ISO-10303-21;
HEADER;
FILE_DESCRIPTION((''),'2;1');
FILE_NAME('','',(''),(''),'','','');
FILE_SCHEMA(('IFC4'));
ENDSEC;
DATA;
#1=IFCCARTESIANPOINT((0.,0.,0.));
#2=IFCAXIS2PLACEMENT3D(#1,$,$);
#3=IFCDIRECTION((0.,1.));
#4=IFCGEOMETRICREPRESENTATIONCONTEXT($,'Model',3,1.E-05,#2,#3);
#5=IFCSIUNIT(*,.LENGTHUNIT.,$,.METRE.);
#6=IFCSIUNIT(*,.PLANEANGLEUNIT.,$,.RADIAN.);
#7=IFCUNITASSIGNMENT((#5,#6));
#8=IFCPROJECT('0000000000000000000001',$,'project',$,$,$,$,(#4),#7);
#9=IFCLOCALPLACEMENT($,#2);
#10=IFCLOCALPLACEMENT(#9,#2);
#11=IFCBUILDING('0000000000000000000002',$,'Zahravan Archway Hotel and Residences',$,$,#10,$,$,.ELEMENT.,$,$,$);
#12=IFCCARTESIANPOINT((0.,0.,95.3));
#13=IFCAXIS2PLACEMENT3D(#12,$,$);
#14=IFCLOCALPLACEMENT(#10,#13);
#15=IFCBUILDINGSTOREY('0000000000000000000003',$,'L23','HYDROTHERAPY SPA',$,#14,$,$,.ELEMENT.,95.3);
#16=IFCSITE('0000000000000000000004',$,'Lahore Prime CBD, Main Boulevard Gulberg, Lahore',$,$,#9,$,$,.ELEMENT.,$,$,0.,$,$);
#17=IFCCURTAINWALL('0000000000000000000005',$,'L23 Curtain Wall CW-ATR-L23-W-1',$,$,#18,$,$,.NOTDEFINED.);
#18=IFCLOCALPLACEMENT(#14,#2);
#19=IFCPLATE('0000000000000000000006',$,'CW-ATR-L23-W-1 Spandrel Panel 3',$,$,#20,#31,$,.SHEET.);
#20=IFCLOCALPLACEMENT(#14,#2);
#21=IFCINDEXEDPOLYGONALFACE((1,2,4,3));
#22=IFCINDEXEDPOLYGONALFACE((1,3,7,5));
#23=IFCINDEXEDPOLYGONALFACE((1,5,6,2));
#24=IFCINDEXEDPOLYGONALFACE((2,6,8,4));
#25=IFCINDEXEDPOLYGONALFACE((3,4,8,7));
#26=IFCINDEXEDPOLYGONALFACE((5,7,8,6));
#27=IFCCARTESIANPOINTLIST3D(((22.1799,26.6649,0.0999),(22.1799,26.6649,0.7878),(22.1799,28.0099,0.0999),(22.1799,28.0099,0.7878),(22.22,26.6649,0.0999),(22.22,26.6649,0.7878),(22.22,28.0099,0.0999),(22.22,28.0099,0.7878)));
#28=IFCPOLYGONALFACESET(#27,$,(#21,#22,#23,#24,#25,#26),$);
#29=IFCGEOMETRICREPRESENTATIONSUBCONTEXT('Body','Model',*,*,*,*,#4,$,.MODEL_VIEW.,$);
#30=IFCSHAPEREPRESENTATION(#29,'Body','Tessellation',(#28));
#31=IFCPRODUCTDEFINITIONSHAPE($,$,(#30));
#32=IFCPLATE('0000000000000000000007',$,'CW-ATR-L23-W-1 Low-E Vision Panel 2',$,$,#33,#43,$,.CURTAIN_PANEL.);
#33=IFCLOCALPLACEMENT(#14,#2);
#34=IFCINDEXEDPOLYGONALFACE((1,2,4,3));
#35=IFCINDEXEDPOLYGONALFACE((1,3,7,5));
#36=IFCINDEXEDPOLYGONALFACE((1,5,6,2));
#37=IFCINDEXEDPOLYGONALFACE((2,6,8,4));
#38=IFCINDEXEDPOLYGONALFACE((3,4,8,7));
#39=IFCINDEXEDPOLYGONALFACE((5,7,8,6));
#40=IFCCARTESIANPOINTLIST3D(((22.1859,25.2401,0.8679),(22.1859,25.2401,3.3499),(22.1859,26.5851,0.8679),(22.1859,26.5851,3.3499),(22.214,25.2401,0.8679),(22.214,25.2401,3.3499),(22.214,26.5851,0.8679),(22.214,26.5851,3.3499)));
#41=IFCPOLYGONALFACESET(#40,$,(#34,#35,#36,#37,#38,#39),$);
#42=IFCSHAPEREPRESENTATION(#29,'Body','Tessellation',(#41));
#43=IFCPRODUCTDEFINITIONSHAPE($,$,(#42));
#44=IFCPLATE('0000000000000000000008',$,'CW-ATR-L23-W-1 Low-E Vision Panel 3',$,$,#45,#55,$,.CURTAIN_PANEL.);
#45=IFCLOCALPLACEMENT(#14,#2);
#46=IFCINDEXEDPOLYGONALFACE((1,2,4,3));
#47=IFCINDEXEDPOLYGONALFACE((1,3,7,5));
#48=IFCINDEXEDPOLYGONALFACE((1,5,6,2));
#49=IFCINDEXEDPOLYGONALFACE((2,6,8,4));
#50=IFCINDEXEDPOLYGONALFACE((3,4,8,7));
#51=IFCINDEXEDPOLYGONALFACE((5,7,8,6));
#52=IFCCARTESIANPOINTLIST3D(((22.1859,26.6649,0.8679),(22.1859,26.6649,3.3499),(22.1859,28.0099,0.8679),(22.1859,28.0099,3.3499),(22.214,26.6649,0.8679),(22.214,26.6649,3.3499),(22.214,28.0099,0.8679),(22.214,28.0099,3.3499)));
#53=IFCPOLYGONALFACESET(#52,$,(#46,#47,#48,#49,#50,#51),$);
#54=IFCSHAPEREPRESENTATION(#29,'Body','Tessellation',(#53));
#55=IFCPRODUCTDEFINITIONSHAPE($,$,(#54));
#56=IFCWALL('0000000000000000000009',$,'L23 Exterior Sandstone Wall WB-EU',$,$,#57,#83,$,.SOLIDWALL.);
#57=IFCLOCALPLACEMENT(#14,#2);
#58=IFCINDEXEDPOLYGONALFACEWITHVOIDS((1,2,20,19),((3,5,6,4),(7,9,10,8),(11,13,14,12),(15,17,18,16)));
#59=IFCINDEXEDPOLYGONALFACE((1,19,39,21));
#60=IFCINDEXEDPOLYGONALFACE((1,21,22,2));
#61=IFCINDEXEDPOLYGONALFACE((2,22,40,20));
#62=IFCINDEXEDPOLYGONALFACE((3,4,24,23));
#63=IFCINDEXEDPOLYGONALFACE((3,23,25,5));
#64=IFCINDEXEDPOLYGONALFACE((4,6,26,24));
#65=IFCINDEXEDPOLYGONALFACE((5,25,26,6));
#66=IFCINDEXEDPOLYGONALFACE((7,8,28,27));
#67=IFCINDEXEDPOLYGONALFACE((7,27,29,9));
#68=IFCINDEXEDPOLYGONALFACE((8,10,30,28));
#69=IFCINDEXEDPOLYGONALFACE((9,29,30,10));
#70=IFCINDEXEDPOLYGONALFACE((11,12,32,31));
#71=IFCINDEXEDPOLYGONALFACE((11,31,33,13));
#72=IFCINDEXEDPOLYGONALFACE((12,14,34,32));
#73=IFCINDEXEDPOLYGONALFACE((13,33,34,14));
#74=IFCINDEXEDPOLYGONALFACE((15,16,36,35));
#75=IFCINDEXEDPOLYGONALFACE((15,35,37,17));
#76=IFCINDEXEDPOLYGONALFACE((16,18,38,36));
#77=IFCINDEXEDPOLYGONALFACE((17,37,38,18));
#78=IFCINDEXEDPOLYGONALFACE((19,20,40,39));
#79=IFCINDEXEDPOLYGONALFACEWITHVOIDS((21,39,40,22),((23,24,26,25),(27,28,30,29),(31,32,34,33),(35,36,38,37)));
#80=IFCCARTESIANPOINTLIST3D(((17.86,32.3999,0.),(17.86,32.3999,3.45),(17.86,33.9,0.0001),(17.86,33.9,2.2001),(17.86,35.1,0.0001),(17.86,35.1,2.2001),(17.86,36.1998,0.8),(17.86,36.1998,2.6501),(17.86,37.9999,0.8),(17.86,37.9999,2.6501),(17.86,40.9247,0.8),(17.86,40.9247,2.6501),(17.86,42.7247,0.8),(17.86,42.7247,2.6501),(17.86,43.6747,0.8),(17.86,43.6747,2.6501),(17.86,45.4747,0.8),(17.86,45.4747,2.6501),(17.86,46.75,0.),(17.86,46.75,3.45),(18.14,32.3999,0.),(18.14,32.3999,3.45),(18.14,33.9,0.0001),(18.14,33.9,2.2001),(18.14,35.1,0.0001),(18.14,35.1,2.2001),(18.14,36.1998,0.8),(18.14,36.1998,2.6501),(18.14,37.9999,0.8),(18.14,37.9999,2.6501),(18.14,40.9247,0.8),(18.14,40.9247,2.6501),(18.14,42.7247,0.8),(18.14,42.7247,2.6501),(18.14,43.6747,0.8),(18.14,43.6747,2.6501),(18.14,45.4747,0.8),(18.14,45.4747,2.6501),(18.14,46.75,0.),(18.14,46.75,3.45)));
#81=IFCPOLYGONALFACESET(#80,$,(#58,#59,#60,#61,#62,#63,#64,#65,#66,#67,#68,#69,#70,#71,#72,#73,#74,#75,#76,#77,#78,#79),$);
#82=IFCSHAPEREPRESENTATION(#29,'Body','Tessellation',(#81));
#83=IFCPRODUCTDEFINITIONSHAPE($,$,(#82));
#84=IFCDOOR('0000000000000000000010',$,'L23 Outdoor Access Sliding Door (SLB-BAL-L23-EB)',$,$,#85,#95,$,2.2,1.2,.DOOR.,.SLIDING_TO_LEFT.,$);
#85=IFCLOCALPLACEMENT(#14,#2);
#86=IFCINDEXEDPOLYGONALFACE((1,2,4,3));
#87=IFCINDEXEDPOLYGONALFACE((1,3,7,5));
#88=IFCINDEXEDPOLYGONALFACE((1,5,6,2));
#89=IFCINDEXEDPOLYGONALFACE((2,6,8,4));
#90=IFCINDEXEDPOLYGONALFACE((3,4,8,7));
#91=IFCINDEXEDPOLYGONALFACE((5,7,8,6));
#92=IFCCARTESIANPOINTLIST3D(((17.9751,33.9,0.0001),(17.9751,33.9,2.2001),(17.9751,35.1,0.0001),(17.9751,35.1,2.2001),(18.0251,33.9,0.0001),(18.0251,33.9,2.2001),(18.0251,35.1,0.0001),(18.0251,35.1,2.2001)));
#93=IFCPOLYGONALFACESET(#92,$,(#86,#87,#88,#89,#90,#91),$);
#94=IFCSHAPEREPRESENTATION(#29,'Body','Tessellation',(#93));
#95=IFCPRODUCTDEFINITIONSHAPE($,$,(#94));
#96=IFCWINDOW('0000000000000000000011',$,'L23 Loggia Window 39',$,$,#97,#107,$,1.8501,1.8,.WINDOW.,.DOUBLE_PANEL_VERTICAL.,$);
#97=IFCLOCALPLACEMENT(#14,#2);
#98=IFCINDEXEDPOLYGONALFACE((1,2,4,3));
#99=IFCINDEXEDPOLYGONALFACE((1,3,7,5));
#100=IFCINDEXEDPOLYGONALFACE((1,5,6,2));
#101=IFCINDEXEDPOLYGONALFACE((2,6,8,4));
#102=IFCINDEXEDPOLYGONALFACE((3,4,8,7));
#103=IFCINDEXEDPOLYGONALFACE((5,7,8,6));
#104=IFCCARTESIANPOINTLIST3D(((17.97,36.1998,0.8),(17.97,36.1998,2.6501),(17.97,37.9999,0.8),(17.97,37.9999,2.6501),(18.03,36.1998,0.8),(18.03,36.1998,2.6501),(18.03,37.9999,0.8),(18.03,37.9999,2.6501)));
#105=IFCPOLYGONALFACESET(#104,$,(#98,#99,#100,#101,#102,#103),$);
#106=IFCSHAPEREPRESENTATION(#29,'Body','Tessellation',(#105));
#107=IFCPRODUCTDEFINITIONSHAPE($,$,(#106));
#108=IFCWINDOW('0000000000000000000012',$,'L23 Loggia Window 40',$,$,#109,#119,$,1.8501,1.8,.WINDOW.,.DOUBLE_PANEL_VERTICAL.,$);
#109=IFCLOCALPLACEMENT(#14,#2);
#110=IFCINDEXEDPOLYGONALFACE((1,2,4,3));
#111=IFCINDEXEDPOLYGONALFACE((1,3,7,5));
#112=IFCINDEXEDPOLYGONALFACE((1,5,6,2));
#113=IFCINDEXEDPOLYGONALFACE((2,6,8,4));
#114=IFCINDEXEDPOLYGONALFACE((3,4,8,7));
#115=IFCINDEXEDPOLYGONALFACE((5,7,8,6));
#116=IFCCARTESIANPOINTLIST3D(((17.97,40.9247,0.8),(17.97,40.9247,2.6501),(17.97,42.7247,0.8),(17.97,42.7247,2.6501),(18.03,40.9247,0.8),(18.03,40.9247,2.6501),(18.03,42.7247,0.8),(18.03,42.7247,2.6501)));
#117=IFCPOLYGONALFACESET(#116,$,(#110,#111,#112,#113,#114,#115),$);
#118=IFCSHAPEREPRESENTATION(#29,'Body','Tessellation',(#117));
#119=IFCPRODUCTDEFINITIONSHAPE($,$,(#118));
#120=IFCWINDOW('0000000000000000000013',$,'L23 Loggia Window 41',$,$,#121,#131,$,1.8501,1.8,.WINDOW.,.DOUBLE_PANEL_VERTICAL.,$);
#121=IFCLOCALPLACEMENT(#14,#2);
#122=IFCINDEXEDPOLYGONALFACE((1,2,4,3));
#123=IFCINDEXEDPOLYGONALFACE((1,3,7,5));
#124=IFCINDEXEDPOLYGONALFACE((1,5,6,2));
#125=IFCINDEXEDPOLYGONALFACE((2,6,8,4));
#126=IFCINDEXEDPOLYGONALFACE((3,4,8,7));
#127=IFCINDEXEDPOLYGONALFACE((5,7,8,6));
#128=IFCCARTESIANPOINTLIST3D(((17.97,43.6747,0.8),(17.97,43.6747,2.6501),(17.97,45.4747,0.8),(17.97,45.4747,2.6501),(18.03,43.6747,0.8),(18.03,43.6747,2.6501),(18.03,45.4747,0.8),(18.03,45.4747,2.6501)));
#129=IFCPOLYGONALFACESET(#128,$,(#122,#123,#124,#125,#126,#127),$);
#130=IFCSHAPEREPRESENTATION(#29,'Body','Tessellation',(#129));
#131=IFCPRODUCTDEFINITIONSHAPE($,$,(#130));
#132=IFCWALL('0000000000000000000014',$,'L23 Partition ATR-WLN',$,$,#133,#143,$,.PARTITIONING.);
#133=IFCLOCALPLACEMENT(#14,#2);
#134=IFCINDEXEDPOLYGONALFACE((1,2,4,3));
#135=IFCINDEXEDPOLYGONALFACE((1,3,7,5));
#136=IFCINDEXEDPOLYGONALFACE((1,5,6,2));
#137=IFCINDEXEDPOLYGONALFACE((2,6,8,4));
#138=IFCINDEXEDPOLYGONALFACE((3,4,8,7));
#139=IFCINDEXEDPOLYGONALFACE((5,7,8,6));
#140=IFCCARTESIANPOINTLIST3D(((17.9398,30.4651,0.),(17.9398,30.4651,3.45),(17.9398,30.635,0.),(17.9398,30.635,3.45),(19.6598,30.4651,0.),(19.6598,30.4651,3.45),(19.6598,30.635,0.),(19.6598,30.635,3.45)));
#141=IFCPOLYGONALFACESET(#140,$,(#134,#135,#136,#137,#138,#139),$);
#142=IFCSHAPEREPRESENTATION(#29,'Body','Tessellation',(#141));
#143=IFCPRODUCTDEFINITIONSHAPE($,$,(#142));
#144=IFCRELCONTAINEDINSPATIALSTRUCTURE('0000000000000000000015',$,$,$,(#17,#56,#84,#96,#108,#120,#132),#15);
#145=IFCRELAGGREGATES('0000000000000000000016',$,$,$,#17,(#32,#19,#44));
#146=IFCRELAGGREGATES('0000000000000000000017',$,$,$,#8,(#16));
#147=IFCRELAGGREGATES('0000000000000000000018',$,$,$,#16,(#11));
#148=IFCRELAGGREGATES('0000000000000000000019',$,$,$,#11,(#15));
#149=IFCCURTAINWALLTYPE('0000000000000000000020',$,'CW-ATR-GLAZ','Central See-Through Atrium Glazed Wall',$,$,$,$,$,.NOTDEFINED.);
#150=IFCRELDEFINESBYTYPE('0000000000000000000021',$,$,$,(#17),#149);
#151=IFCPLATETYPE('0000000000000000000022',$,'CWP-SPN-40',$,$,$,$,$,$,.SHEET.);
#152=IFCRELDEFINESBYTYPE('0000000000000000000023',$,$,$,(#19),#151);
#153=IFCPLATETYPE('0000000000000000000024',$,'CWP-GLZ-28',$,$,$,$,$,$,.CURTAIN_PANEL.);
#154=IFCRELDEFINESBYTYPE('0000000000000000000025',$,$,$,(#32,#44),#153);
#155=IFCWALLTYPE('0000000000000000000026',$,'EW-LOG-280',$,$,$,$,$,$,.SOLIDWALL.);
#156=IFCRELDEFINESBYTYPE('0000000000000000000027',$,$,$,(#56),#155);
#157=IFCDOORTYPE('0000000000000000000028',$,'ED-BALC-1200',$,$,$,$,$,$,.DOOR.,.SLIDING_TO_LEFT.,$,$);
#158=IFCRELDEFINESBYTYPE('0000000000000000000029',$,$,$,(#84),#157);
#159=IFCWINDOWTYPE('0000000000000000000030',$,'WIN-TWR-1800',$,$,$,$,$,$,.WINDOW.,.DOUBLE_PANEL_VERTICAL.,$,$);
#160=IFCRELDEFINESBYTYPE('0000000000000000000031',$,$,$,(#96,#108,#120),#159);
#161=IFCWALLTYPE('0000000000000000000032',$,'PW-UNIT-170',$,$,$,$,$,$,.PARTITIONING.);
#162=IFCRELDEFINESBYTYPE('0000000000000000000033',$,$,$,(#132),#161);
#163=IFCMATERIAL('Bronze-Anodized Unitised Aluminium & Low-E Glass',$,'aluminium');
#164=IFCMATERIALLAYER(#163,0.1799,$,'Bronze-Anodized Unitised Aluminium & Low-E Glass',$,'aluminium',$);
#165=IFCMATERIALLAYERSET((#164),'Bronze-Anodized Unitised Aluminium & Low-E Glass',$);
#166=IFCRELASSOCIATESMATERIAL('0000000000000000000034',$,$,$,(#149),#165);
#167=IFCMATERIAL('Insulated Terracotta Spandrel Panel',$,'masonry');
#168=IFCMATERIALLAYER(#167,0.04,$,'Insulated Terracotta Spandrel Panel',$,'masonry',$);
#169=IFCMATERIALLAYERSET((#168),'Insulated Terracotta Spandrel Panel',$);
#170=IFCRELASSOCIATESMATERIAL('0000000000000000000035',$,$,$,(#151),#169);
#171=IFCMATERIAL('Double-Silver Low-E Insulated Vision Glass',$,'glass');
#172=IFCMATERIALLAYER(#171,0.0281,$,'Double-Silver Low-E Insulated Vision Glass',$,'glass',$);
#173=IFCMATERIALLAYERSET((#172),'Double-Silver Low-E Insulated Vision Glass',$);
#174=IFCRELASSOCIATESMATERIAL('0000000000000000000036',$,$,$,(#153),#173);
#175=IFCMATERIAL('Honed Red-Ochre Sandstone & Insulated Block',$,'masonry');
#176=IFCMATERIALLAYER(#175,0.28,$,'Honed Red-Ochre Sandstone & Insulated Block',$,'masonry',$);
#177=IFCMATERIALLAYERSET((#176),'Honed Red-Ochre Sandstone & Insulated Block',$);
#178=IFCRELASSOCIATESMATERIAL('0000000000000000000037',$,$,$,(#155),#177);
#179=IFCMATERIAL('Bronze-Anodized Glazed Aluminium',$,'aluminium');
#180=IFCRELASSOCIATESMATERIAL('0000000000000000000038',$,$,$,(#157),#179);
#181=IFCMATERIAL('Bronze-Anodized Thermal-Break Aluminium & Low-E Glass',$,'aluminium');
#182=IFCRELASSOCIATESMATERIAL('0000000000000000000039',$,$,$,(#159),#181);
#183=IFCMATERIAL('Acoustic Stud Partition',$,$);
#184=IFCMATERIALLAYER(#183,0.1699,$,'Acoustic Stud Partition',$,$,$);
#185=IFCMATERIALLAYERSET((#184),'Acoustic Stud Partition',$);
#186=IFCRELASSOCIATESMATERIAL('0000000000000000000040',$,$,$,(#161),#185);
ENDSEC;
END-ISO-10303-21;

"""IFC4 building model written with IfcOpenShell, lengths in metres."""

from ifc_helpers import new_model, si_unit, direction, frame, frame_2d, origin, origin_2d, place, context, subcontext, project, spatial, rectangle, extrude, source, transform, mapped, material, layer, layer_set, type_object, type_shapes, element, fill, aggregate, save


model = new_model("IFC4")

# Units and contexts
model_context = context("Model", 3, precision=1e-05, world=origin(), true_north=direction((0.0, 1.0)))
body_context = subcontext(model_context, "Body", "Model", "MODEL_VIEW")
ifc_project = project(units=[si_unit("LENGTHUNIT", "METRE"), si_unit("PLANEANGLEUNIT", "RADIAN")], contexts=[model_context])

# Site, building, storey
site_placement = place(None, origin())
site = spatial("IfcSite", under=ifc_project, at=site_placement, Name="Lahore Prime CBD, Main Boulevard Gulberg, Lahore", CompositionType="ELEMENT", RefElevation=0.0)
building_placement = place(site_placement, origin())
building = spatial("IfcBuilding", under=site, at=building_placement, Name="Zahravan Archway Hotel and Residences", CompositionType="ELEMENT")
storey_placement = place(building_placement, frame((0.0, 0.0, 95.3)))
storey = spatial("IfcBuildingStorey", under=building, at=storey_placement, Name="L23", Description="HYDROTHERAPY SPA", CompositionType="ELEMENT", Elevation=95.3)

# Curtain wall
ifc_material_1 = material(Name="Bronze-Anodized Unitised Aluminium & Low-E Glass", Category="aluminium")
ifc_layer_1 = layer(ifc_material_1, 0.1799, Name="Bronze-Anodized Unitised Aluminium & Low-E Glass", Category="aluminium")
ifc_layer_set_1 = layer_set([ifc_layer_1], Name="Bronze-Anodized Unitised Aluminium & Low-E Glass")
curtain_wall_type = type_object("IfcCurtainWallType", Name="CW-ATR-GLAZ", Description="Central See-Through Atrium Glazed Wall", PredefinedType="NOTDEFINED", material=ifc_layer_set_1)
curtain_wall_1_placement = place(storey_placement, origin())
curtain_wall_1 = element("IfcCurtainWall", 1, at=curtain_wall_1_placement, inside=storey, type_object=curtain_wall_type, Name="L23 Curtain Wall CW-ATR-L23-W-1", PredefinedType="NOTDEFINED")

# Plates
ifc_material_2 = material(Name="Insulated Terracotta Spandrel Panel", Category="masonry")
ifc_layer_2 = layer(ifc_material_2, 0.04, Name="Insulated Terracotta Spandrel Panel", Category="masonry")
ifc_layer_set_2 = layer_set([ifc_layer_2], Name="Insulated Terracotta Spandrel Panel")
plate_type_1 = type_object("IfcPlateType", Name="CWP-SPN-40", PredefinedType="SHEET", material=ifc_layer_set_2)
ifc_material_3 = material(Name="Double-Silver Low-E Insulated Vision Glass", Category="glass")
ifc_layer_3 = layer(ifc_material_3, 0.0281, Name="Double-Silver Low-E Insulated Vision Glass", Category="glass")
ifc_layer_set_3 = layer_set([ifc_layer_3], Name="Double-Silver Low-E Insulated Vision Glass")
plate_type_2 = type_object("IfcPlateType", Name="CWP-GLZ-28", PredefinedType="CURTAIN_PANEL", material=ifc_layer_set_3)
shared_shape_1 = source(origin(), body_context, "Body", "SweptSolid", [
    extrude(rectangle(XDim=1.345, YDim=0.04, at=origin_2d()), origin(), (0.0, 0.0, 1.0), 0.688),
])
plate_1_placement = place(storey_placement, frame((22.2, 27.3374, 0.0999), z_axis=(0.0, 0.0, 1.0), x_axis=(0.0, 1.0, 0.0)))
plate_1 = element("IfcPlate", 2, at=plate_1_placement, type_object=plate_type_1, Name="CW-ATR-L23-W-1 Spandrel Panel 3", PredefinedType="SHEET", context=body_context, shape_type="MappedRepresentation", body=[
    mapped(shared_shape_1, transform((0.0, 0.0, 0.0), scale=1.0)),
])
shared_shape_2 = source(origin(), body_context, "Body", "SweptSolid", [
    extrude(rectangle(XDim=1.345, YDim=0.0281, at=origin_2d()), origin(), (0.0, 0.0, 1.0), 2.4819),
])
plate_2_placement = place(storey_placement, frame((22.2, 25.9126, 0.8679), z_axis=(0.0, 0.0, 1.0), x_axis=(0.0, 1.0, 0.0)))
plate_2 = element("IfcPlate", 3, at=plate_2_placement, type_object=plate_type_2, Name="CW-ATR-L23-W-1 Low-E Vision Panel 2", PredefinedType="CURTAIN_PANEL", context=body_context, shape_type="MappedRepresentation", body=[
    mapped(shared_shape_2, transform((0.0, 0.0, 0.0), scale=1.0)),
])
plate_3_placement = place(storey_placement, frame((22.2, 27.3374, 0.8679), z_axis=(0.0, 0.0, 1.0), x_axis=(0.0, 1.0, 0.0)))
plate_3 = element("IfcPlate", 4, at=plate_3_placement, type_object=plate_type_2, Name="CW-ATR-L23-W-1 Low-E Vision Panel 3", PredefinedType="CURTAIN_PANEL", context=body_context, shape_type="MappedRepresentation", body=[
    mapped(shared_shape_2, transform((0.0, 0.0, 0.0), scale=1.0)),
])
aggregate(curtain_wall_1, [plate_2, plate_1, plate_3])

# Wall, openings, door, windows
ifc_material_4 = material(Name="Honed Red-Ochre Sandstone & Insulated Block", Category="masonry")
ifc_layer_4 = layer(ifc_material_4, 0.28, Name="Honed Red-Ochre Sandstone & Insulated Block", Category="masonry")
ifc_layer_set_4 = layer_set([ifc_layer_4], Name="Honed Red-Ochre Sandstone & Insulated Block")
wall_type_1 = type_object("IfcWallType", Name="EW-LOG-280", PredefinedType="SOLIDWALL", material=ifc_layer_set_4)
wall_1_placement = place(storey_placement, frame((18.0, 32.3999, 0.0), z_axis=(0.0, 0.0, 1.0), x_axis=(0.0, 1.0, 0.0)))
wall_1 = element("IfcWall", 5, at=wall_1_placement, inside=storey, type_object=wall_type_1, Name="L23 Exterior Sandstone Wall WB-EU", PredefinedType="SOLIDWALL", context=body_context, shape_type="SweptSolid", body=[
    extrude(rectangle(XDim=14.3501, YDim=0.28, at=frame_2d((7.175, 0.0))), origin(), (0.0, 0.0, 1.0), 3.45),
])
opening_1_placement = place(wall_1_placement, frame((1.5, 0.0, 0.0)))
opening_1 = element("IfcOpeningElement", 6, at=opening_1_placement, cuts=wall_1, PredefinedType="OPENING", context=body_context, shape_type="SweptSolid", body=[
    extrude(rectangle(XDim=1.2, YDim=2.2, at=frame_2d((0.6001, 1.1001))), frame((0.0, 0.1499, 0.0), z_axis=(0.0, -1.0, 0.0), x_axis=(1.0, 0.0, 0.0)), (0.0, 0.0, 1.0), 0.3),
])
opening_2_placement = place(wall_1_placement, frame((3.8, 0.0, 0.8)))
opening_2 = element("IfcOpeningElement", 7, at=opening_2_placement, cuts=wall_1, PredefinedType="OPENING", context=body_context, shape_type="SweptSolid", body=[
    extrude(rectangle(XDim=1.8, YDim=1.8501, at=frame_2d((0.8999, 0.925))), frame((0.0, 0.1499, 0.0), z_axis=(0.0, -1.0, 0.0), x_axis=(1.0, 0.0, 0.0)), (0.0, 0.0, 1.0), 0.3),
])
opening_3_placement = place(wall_1_placement, frame((8.5249, 0.0, 0.8)))
opening_3 = element("IfcOpeningElement", 8, at=opening_3_placement, cuts=wall_1, PredefinedType="OPENING", context=body_context, shape_type="SweptSolid", body=[
    extrude(rectangle(XDim=1.8, YDim=1.8501, at=frame_2d((0.8999, 0.925))), frame((0.0, 0.1499, 0.0), z_axis=(0.0, -1.0, 0.0), x_axis=(1.0, 0.0, 0.0)), (0.0, 0.0, 1.0), 0.3),
])
opening_4_placement = place(wall_1_placement, frame((11.2749, 0.0, 0.8)))
opening_4 = element("IfcOpeningElement", 9, at=opening_4_placement, cuts=wall_1, PredefinedType="OPENING", context=body_context, shape_type="SweptSolid", body=[
    extrude(rectangle(XDim=1.8, YDim=1.8501, at=frame_2d((0.8999, 0.925))), frame((0.0, 0.1499, 0.0), z_axis=(0.0, -1.0, 0.0), x_axis=(1.0, 0.0, 0.0)), (0.0, 0.0, 1.0), 0.3),
])
ifc_material_5 = material(Name="Bronze-Anodized Glazed Aluminium", Category="aluminium")
door_type = type_object("IfcDoorType", Name="ED-BALC-1200", OperationType="SLIDING_TO_LEFT", PredefinedType="DOOR", material=ifc_material_5)
shared_shape_3 = source(origin(), body_context, "Body", "SweptSolid", [
    extrude(rectangle(XDim=1.2, YDim=2.2, at=frame_2d((0.6001, 1.1001))), frame((0.0, 0.0249, 0.0), z_axis=(0.0, -1.0, 0.0), x_axis=(1.0, 0.0, 0.0)), (0.0, 0.0, 1.0), 0.05),
])
type_shapes(door_type, [shared_shape_3])
door_placement = place(opening_1_placement, origin())
door = element("IfcDoor", 10, at=door_placement, inside=storey, type_object=door_type, Name="L23 Outdoor Access Sliding Door (SLB-BAL-L23-EB)", OperationType="SLIDING_TO_LEFT", OverallHeight=2.2, OverallWidth=1.2, PredefinedType="DOOR", context=body_context, shape_type="MappedRepresentation", body=[
    mapped(shared_shape_3, transform((0.0, 0.0, 0.0), scale=1.0)),
])
fill(opening_1, door)
ifc_material_6 = material(Name="Bronze-Anodized Thermal-Break Aluminium & Low-E Glass", Category="aluminium")
window_type = type_object("IfcWindowType", Name="WIN-TWR-1800", PartitioningType="DOUBLE_PANEL_VERTICAL", PredefinedType="WINDOW", material=ifc_material_6)
shared_shape_4 = source(origin(), body_context, "Body", "SweptSolid", [
    extrude(rectangle(XDim=1.8, YDim=1.8501, at=frame_2d((0.8999, 0.925))), frame((0.0, 0.03, 0.0), z_axis=(0.0, -1.0, 0.0), x_axis=(1.0, 0.0, 0.0)), (0.0, 0.0, 1.0), 0.0601),
])
type_shapes(window_type, [shared_shape_4])
window_1_placement = place(opening_2_placement, origin())
window_1 = element("IfcWindow", 11, at=window_1_placement, inside=storey, type_object=window_type, Name="L23 Loggia Window 39", OverallHeight=1.8501, OverallWidth=1.8, PartitioningType="DOUBLE_PANEL_VERTICAL", PredefinedType="WINDOW", context=body_context, shape_type="MappedRepresentation", body=[
    mapped(shared_shape_4, transform((0.0, 0.0, 0.0), scale=1.0)),
])
fill(opening_2, window_1)
window_2_placement = place(opening_3_placement, origin())
window_2 = element("IfcWindow", 12, at=window_2_placement, inside=storey, type_object=window_type, Name="L23 Loggia Window 40", OverallHeight=1.8501, OverallWidth=1.8, PartitioningType="DOUBLE_PANEL_VERTICAL", PredefinedType="WINDOW", context=body_context, shape_type="MappedRepresentation", body=[
    mapped(shared_shape_4, transform((0.0, 0.0, 0.0), scale=1.0)),
])
fill(opening_3, window_2)
window_3_placement = place(opening_4_placement, origin())
window_3 = element("IfcWindow", 13, at=window_3_placement, inside=storey, type_object=window_type, Name="L23 Loggia Window 41", OverallHeight=1.8501, OverallWidth=1.8, PartitioningType="DOUBLE_PANEL_VERTICAL", PredefinedType="WINDOW", context=body_context, shape_type="MappedRepresentation", body=[
    mapped(shared_shape_4, transform((0.0, 0.0, 0.0), scale=1.0)),
])
fill(opening_4, window_3)

# Wall
ifc_material_7 = material(Name="Acoustic Stud Partition")
ifc_layer_5 = layer(ifc_material_7, 0.1699, Name="Acoustic Stud Partition")
ifc_layer_set_5 = layer_set([ifc_layer_5], Name="Acoustic Stud Partition")
wall_type_2 = type_object("IfcWallType", Name="PW-UNIT-170", PredefinedType="PARTITIONING", material=ifc_layer_set_5)
wall_2_placement = place(storey_placement, frame((17.9399, 30.55, 0.0), z_axis=(0.0, 0.0, 1.0), x_axis=(1.0, 0.0, 0.0)))
element("IfcWall", 14, at=wall_2_placement, inside=storey, type_object=wall_type_2, Name="L23 Partition ATR-WLN", PredefinedType="PARTITIONING", context=body_context, shape_type="SweptSolid", body=[
    extrude(rectangle(XDim=1.72, YDim=0.1699, at=frame_2d((0.8599, 0.0))), origin(), (0.0, 0.0, 1.0), 3.45),
])

save(model, "model.ifc")
